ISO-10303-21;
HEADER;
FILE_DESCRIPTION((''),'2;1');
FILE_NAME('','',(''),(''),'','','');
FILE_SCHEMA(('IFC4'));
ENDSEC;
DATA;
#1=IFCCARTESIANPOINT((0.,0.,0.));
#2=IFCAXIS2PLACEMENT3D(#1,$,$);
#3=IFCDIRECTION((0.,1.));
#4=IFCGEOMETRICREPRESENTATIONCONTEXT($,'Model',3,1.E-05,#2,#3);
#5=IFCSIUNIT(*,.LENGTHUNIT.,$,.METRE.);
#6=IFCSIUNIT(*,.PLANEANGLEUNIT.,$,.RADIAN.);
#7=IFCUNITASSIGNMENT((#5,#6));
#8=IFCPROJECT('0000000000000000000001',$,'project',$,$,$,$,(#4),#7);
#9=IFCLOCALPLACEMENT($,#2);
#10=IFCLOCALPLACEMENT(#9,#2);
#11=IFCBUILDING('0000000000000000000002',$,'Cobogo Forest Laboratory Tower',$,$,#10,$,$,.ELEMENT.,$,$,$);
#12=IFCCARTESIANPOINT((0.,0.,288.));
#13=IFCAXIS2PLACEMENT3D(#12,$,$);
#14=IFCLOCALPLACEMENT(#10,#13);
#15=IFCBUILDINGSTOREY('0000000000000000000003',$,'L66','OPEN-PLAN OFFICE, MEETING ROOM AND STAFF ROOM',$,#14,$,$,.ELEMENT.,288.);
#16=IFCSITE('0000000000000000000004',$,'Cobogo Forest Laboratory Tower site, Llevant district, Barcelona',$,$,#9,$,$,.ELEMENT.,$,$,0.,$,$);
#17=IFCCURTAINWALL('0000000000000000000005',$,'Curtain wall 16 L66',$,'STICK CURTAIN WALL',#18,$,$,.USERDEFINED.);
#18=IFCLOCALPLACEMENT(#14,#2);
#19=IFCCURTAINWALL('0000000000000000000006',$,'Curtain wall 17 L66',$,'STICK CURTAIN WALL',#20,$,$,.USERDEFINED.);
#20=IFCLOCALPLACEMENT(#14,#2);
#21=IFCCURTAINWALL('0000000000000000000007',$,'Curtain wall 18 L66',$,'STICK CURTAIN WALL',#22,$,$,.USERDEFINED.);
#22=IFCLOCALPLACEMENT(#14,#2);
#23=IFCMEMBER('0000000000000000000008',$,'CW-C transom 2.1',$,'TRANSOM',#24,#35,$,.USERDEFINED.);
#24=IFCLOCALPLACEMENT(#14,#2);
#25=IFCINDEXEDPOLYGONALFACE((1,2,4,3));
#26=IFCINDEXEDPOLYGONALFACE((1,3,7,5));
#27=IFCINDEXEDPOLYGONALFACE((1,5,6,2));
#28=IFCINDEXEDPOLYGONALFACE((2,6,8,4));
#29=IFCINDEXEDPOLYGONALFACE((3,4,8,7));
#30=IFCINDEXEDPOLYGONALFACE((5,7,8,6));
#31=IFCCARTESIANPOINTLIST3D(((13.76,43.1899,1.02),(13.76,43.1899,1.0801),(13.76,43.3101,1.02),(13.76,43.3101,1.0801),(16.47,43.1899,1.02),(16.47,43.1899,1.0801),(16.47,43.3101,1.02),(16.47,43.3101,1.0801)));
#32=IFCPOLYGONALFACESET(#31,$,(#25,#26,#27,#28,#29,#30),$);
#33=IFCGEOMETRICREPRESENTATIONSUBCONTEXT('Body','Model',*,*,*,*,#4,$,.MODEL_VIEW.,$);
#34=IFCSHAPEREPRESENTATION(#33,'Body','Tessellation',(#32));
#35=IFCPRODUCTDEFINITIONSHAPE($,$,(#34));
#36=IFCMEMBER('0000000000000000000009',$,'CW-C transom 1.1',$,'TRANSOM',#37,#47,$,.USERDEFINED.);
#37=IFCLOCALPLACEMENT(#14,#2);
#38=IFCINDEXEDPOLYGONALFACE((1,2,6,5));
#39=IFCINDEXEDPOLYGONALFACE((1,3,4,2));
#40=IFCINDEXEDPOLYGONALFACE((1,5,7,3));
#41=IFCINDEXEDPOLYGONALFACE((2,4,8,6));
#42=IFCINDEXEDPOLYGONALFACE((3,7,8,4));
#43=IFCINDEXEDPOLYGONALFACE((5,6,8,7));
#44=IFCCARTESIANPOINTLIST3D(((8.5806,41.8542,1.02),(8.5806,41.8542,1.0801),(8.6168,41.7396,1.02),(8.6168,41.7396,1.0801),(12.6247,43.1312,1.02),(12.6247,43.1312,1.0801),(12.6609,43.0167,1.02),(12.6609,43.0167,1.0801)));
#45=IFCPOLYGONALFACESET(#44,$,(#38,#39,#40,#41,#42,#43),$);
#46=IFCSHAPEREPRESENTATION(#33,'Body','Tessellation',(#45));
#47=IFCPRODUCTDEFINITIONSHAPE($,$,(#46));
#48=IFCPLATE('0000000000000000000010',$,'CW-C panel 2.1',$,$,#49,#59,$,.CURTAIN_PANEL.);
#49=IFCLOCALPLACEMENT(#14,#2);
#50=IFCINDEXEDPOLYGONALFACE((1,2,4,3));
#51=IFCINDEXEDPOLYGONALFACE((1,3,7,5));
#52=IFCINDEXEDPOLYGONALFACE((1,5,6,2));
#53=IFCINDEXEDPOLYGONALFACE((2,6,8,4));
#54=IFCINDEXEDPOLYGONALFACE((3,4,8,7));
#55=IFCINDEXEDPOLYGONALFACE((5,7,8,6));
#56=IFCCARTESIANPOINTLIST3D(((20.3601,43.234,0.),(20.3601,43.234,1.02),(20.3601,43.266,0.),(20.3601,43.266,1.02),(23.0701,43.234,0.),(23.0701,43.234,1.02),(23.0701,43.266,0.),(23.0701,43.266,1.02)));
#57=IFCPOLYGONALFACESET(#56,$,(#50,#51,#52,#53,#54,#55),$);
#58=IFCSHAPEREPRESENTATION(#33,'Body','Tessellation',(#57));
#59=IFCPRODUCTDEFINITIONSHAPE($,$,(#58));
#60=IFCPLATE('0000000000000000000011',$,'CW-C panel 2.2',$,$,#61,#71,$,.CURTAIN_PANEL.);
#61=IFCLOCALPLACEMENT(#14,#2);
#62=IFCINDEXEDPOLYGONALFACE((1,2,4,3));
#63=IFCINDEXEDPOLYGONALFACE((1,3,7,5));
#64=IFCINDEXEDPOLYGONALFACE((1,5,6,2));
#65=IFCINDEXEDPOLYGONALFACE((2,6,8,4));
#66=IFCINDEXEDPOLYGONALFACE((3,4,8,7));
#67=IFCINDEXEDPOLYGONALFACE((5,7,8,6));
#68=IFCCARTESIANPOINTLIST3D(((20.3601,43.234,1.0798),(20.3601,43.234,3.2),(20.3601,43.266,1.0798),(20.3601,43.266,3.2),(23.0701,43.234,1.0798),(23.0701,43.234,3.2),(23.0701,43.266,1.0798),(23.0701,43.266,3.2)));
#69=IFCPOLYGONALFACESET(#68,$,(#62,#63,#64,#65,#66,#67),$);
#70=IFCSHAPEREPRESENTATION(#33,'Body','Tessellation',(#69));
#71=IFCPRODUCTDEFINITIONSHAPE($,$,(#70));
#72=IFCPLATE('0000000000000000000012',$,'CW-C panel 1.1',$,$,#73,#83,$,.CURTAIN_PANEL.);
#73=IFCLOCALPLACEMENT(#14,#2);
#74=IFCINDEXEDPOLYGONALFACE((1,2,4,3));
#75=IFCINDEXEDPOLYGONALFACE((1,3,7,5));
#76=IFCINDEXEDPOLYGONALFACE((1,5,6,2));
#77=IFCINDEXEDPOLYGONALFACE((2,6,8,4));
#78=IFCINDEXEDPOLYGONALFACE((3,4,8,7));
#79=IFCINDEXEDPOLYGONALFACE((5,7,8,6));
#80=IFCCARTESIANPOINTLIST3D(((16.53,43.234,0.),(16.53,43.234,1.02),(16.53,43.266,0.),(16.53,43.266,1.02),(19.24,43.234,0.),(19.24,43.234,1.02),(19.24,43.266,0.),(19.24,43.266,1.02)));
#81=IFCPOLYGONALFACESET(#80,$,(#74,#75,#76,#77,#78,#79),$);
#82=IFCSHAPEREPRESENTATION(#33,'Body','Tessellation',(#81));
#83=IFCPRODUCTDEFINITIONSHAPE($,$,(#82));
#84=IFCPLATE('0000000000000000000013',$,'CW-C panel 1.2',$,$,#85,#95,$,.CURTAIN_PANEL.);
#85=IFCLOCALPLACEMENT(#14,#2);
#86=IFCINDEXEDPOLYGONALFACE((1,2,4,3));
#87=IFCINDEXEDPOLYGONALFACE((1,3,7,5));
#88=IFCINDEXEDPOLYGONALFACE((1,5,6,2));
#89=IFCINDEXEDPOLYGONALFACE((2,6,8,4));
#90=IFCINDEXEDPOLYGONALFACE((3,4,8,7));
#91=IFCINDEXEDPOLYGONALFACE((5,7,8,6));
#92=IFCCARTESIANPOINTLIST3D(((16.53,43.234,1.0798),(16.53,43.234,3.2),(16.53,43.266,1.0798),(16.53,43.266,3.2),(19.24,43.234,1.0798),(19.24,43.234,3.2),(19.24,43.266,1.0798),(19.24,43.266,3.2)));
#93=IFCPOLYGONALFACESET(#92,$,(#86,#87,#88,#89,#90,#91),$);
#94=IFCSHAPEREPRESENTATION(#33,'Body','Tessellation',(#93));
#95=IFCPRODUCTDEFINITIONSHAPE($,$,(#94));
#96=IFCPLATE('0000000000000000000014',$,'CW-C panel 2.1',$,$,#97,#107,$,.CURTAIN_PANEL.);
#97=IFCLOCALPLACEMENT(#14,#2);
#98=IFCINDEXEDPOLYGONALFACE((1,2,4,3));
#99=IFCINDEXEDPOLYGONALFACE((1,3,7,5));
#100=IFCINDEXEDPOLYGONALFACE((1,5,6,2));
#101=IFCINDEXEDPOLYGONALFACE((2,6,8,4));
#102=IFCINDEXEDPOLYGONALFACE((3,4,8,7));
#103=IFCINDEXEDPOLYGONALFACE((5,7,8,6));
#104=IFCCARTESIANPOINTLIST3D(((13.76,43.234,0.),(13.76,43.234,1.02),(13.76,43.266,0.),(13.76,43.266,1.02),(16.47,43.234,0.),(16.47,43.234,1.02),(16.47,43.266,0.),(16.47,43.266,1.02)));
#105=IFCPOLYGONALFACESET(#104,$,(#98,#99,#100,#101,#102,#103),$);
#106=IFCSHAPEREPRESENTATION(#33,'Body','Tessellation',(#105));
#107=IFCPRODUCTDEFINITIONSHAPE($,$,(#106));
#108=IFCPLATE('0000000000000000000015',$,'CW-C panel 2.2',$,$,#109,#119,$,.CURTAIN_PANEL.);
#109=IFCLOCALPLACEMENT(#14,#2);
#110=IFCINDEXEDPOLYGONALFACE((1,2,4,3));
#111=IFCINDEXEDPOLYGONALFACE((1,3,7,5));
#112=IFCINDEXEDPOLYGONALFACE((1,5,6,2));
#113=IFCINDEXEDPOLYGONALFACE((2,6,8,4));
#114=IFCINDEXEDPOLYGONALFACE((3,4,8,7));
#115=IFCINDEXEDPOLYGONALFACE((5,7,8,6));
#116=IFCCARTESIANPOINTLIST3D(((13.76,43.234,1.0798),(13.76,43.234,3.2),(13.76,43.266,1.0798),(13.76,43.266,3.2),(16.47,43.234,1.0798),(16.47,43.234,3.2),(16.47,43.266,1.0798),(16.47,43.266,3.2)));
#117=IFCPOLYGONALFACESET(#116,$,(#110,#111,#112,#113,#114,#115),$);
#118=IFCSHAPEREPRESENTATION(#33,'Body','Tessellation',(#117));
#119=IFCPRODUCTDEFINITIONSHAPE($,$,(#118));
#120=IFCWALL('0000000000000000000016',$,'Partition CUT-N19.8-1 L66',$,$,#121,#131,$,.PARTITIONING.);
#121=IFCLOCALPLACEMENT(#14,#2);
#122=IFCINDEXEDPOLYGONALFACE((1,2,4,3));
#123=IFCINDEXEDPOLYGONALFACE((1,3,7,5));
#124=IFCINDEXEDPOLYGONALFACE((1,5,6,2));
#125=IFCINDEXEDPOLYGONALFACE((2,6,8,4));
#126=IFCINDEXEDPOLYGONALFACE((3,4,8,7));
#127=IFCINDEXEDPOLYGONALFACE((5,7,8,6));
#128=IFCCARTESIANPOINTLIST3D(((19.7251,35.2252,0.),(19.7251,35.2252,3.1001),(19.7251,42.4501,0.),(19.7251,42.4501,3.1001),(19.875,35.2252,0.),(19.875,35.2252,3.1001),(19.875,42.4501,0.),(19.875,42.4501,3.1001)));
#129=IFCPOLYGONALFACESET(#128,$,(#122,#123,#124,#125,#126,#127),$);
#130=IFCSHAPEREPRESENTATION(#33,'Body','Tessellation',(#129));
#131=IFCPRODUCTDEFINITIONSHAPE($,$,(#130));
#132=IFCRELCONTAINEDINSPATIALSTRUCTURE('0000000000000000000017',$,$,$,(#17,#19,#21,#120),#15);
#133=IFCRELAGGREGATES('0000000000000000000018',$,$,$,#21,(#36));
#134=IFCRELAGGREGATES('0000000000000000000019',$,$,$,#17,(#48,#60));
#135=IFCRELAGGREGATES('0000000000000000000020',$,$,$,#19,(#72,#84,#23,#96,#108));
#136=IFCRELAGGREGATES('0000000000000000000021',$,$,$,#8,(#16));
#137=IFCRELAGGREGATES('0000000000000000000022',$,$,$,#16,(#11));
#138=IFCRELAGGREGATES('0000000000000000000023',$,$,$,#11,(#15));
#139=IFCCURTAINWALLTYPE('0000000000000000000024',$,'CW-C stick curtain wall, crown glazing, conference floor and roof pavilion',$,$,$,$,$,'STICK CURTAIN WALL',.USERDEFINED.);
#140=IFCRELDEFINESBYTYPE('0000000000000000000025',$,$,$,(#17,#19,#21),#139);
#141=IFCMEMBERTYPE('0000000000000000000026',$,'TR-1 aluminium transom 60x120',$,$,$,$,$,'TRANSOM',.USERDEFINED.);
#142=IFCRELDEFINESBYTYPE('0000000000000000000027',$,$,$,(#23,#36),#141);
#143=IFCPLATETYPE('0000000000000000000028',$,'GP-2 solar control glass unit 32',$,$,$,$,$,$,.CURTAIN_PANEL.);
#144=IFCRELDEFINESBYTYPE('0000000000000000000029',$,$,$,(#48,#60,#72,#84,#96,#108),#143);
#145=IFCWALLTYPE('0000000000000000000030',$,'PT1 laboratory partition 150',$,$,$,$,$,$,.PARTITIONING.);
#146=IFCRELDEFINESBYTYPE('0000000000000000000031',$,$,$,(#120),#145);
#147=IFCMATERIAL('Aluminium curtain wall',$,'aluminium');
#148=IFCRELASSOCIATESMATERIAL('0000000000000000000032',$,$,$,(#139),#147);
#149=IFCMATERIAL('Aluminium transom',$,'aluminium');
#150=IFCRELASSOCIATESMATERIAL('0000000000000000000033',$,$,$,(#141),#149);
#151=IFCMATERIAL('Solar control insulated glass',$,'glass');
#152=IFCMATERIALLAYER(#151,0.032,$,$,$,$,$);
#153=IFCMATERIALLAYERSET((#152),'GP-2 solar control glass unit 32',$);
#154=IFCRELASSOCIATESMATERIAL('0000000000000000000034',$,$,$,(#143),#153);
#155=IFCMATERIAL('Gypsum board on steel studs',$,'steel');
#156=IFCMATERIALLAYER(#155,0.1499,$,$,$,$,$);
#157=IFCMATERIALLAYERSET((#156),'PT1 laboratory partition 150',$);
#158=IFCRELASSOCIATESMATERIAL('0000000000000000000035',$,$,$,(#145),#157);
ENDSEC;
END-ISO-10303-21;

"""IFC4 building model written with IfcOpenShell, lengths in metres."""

from ifc_helpers import new_model, si_unit, direction, frame, frame_2d, origin, origin_2d, place, context, subcontext, project, spatial, rectangle, extrude, material, layer, layer_set, material_profile, profile_set, type_object, element, aggregate, save


model = new_model("IFC4")

# Units and contexts
model_context = context("Model", 3, precision=1e-05, world=origin(), true_north=direction((0.0, 1.0)))
body_context = subcontext(model_context, "Body", "Model", "MODEL_VIEW")
ifc_project = project(units=[si_unit("LENGTHUNIT", "METRE"), si_unit("PLANEANGLEUNIT", "RADIAN")], contexts=[model_context])

# Site, building, storey
site_placement = place(None, origin())
site = spatial("IfcSite", under=ifc_project, at=site_placement, Name="Cobogo Forest Laboratory Tower site, Llevant district, Barcelona", CompositionType="ELEMENT", RefElevation=0.0)
building_placement = place(site_placement, origin())
building = spatial("IfcBuilding", under=site, at=building_placement, Name="Cobogo Forest Laboratory Tower", CompositionType="ELEMENT")
storey_placement = place(building_placement, frame((0.0, 0.0, 288.0)))
storey = spatial("IfcBuildingStorey", under=building, at=storey_placement, Name="L66", Description="OPEN-PLAN OFFICE, MEETING ROOM AND STAFF ROOM", CompositionType="ELEMENT", Elevation=288.0)

# Curtain wall
ifc_material_1 = material(Name="Aluminium curtain wall", Category="aluminium")
curtain_wall_type = type_object("IfcCurtainWallType", Name="CW-C stick curtain wall, crown glazing, conference floor and roof pavilion", ElementType="STICK CURTAIN WALL", PredefinedType="USERDEFINED", material=ifc_material_1)
curtain_wall_1_placement = place(storey_placement, origin())
curtain_wall_1 = element("IfcCurtainWall", 1, at=curtain_wall_1_placement, inside=storey, type_object=curtain_wall_type, Name="Curtain wall 16 L66", ObjectType="STICK CURTAIN WALL", PredefinedType="USERDEFINED")

# Curtain wall
curtain_wall_2_placement = place(storey_placement, origin())
curtain_wall_2 = element("IfcCurtainWall", 2, at=curtain_wall_2_placement, inside=storey, type_object=curtain_wall_type, Name="Curtain wall 17 L66", ObjectType="STICK CURTAIN WALL", PredefinedType="USERDEFINED")

# Curtain wall
curtain_wall_3_placement = place(storey_placement, origin())
curtain_wall_3 = element("IfcCurtainWall", 3, at=curtain_wall_3_placement, inside=storey, type_object=curtain_wall_type, Name="Curtain wall 18 L66", ObjectType="STICK CURTAIN WALL", PredefinedType="USERDEFINED")

# Members
ifc_material_2 = material(Name="Aluminium transom", Category="aluminium")
ifc_material_profile_1 = material_profile(ifc_material_2, rectangle(XDim=0.1201, YDim=0.0601, at=origin_2d()), Name="AL 60x120")
ifc_profile_set_1 = profile_set([ifc_material_profile_1], Name="Aluminium transom")
member_type_1 = type_object("IfcMemberType", Name="TR-1 aluminium transom 60x120", ElementType="TRANSOM", PredefinedType="USERDEFINED", material=ifc_profile_set_1)
member_1_placement = place(storey_placement, frame((16.47, 43.25, 1.05), z_axis=(-1.0, 0.0, 0.0), x_axis=(0.0, -1.0, 0.0)))
member_1 = element("IfcMember", 4, at=member_1_placement, type_object=member_type_1, Name="CW-C transom 2.1", ObjectType="TRANSOM", PredefinedType="USERDEFINED", context=body_context, shape_type="SweptSolid", body=[
    extrude(rectangle(XDim=0.1201, YDim=0.0601, at=origin_2d()), origin(), (0.0, 0.0, 1.0), 2.71),
])
member_2_placement = place(storey_placement, frame((12.6428, 43.074, 1.05), z_axis=(-0.953584, -0.301129, 0.0), x_axis=(0.301129, -0.953584, 0.0)))
member_2 = element("IfcMember", 5, at=member_2_placement, type_object=member_type_1, Name="CW-C transom 1.1", ObjectType="TRANSOM", PredefinedType="USERDEFINED", context=body_context, shape_type="SweptSolid", body=[
    extrude(rectangle(XDim=0.1201, YDim=0.0601, at=origin_2d()), origin(), (0.0, 0.0, 1.0), 4.241),
])
aggregate(curtain_wall_3, [member_2])

# Plates
ifc_material_3 = material(Name="Solar control insulated glass", Category="glass")
ifc_layer_1 = layer(ifc_material_3, 0.032)
ifc_layer_set_1 = layer_set([ifc_layer_1], Name="GP-2 solar control glass unit 32")
plate_type = type_object("IfcPlateType", Name="GP-2 solar control glass unit 32", PredefinedType="CURTAIN_PANEL", material=ifc_layer_set_1)
plate_1_placement = place(storey_placement, frame((21.7151, 43.25, 0.0), z_axis=(0.0, 0.0, 1.0), x_axis=(-1.0, 0.0, 0.0)))
plate_1 = element("IfcPlate", 6, at=plate_1_placement, type_object=plate_type, Name="CW-C panel 2.1", PredefinedType="CURTAIN_PANEL", context=body_context, shape_type="SweptSolid", body=[
    extrude(rectangle(XDim=2.71, YDim=0.032, at=origin_2d()), origin(), (0.0, 0.0, 1.0), 1.02),
])
plate_2_placement = place(storey_placement, frame((21.7151, 43.25, 1.0798), z_axis=(0.0, 0.0, 1.0), x_axis=(-1.0, 0.0, 0.0)))
plate_2 = element("IfcPlate", 7, at=plate_2_placement, type_object=plate_type, Name="CW-C panel 2.2", PredefinedType="CURTAIN_PANEL", context=body_context, shape_type="SweptSolid", body=[
    extrude(rectangle(XDim=2.71, YDim=0.032, at=origin_2d()), origin(), (0.0, 0.0, 1.0), 2.1201),
])
aggregate(curtain_wall_1, [plate_1, plate_2])
plate_3_placement = place(storey_placement, frame((17.885, 43.25, 0.0), z_axis=(0.0, 0.0, 1.0), x_axis=(-1.0, 0.0, 0.0)))
plate_3 = element("IfcPlate", 8, at=plate_3_placement, type_object=plate_type, Name="CW-C panel 1.1", PredefinedType="CURTAIN_PANEL", context=body_context, shape_type="SweptSolid", body=[
    extrude(rectangle(XDim=2.71, YDim=0.032, at=origin_2d()), origin(), (0.0, 0.0, 1.0), 1.02),
])
plate_4_placement = place(storey_placement, frame((17.885, 43.25, 1.0798), z_axis=(0.0, 0.0, 1.0), x_axis=(-1.0, 0.0, 0.0)))
plate_4 = element("IfcPlate", 9, at=plate_4_placement, type_object=plate_type, Name="CW-C panel 1.2", PredefinedType="CURTAIN_PANEL", context=body_context, shape_type="SweptSolid", body=[
    extrude(rectangle(XDim=2.71, YDim=0.032, at=origin_2d()), origin(), (0.0, 0.0, 1.0), 2.1201),
])
plate_5_placement = place(storey_placement, frame((15.115, 43.25, 0.0), z_axis=(0.0, 0.0, 1.0), x_axis=(-1.0, 0.0, 0.0)))
plate_5 = element("IfcPlate", 10, at=plate_5_placement, type_object=plate_type, Name="CW-C panel 2.1", PredefinedType="CURTAIN_PANEL", context=body_context, shape_type="SweptSolid", body=[
    extrude(rectangle(XDim=2.71, YDim=0.032, at=origin_2d()), origin(), (0.0, 0.0, 1.0), 1.02),
])
plate_6_placement = place(storey_placement, frame((15.115, 43.25, 1.0798), z_axis=(0.0, 0.0, 1.0), x_axis=(-1.0, 0.0, 0.0)))
plate_6 = element("IfcPlate", 11, at=plate_6_placement, type_object=plate_type, Name="CW-C panel 2.2", PredefinedType="CURTAIN_PANEL", context=body_context, shape_type="SweptSolid", body=[
    extrude(rectangle(XDim=2.71, YDim=0.032, at=origin_2d()), origin(), (0.0, 0.0, 1.0), 2.1201),
])
aggregate(curtain_wall_2, [plate_3, plate_4, member_1, plate_5, plate_6])

# Wall
ifc_material_4 = material(Name="Gypsum board on steel studs", Category="steel")
ifc_layer_2 = layer(ifc_material_4, 0.1499)
ifc_layer_set_2 = layer_set([ifc_layer_2], Name="PT1 laboratory partition 150")
wall_type = type_object("IfcWallType", Name="PT1 laboratory partition 150", PredefinedType="PARTITIONING", material=ifc_layer_set_2)
wall_placement = place(storey_placement, frame((19.8, 42.45, 0.0), z_axis=(0.0, 0.0, 1.0), x_axis=(0.0, -1.0, 0.0)))
element("IfcWall", 12, at=wall_placement, inside=storey, type_object=wall_type, Name="Partition CUT-N19.8-1 L66", PredefinedType="PARTITIONING", context=body_context, shape_type="SweptSolid", body=[
    extrude(rectangle(XDim=7.2249, YDim=0.1499, at=frame_2d((3.6123, 0.0))), origin(), (0.0, 0.0, 1.0), 3.1001),
])

save(model, "model.ifc")
